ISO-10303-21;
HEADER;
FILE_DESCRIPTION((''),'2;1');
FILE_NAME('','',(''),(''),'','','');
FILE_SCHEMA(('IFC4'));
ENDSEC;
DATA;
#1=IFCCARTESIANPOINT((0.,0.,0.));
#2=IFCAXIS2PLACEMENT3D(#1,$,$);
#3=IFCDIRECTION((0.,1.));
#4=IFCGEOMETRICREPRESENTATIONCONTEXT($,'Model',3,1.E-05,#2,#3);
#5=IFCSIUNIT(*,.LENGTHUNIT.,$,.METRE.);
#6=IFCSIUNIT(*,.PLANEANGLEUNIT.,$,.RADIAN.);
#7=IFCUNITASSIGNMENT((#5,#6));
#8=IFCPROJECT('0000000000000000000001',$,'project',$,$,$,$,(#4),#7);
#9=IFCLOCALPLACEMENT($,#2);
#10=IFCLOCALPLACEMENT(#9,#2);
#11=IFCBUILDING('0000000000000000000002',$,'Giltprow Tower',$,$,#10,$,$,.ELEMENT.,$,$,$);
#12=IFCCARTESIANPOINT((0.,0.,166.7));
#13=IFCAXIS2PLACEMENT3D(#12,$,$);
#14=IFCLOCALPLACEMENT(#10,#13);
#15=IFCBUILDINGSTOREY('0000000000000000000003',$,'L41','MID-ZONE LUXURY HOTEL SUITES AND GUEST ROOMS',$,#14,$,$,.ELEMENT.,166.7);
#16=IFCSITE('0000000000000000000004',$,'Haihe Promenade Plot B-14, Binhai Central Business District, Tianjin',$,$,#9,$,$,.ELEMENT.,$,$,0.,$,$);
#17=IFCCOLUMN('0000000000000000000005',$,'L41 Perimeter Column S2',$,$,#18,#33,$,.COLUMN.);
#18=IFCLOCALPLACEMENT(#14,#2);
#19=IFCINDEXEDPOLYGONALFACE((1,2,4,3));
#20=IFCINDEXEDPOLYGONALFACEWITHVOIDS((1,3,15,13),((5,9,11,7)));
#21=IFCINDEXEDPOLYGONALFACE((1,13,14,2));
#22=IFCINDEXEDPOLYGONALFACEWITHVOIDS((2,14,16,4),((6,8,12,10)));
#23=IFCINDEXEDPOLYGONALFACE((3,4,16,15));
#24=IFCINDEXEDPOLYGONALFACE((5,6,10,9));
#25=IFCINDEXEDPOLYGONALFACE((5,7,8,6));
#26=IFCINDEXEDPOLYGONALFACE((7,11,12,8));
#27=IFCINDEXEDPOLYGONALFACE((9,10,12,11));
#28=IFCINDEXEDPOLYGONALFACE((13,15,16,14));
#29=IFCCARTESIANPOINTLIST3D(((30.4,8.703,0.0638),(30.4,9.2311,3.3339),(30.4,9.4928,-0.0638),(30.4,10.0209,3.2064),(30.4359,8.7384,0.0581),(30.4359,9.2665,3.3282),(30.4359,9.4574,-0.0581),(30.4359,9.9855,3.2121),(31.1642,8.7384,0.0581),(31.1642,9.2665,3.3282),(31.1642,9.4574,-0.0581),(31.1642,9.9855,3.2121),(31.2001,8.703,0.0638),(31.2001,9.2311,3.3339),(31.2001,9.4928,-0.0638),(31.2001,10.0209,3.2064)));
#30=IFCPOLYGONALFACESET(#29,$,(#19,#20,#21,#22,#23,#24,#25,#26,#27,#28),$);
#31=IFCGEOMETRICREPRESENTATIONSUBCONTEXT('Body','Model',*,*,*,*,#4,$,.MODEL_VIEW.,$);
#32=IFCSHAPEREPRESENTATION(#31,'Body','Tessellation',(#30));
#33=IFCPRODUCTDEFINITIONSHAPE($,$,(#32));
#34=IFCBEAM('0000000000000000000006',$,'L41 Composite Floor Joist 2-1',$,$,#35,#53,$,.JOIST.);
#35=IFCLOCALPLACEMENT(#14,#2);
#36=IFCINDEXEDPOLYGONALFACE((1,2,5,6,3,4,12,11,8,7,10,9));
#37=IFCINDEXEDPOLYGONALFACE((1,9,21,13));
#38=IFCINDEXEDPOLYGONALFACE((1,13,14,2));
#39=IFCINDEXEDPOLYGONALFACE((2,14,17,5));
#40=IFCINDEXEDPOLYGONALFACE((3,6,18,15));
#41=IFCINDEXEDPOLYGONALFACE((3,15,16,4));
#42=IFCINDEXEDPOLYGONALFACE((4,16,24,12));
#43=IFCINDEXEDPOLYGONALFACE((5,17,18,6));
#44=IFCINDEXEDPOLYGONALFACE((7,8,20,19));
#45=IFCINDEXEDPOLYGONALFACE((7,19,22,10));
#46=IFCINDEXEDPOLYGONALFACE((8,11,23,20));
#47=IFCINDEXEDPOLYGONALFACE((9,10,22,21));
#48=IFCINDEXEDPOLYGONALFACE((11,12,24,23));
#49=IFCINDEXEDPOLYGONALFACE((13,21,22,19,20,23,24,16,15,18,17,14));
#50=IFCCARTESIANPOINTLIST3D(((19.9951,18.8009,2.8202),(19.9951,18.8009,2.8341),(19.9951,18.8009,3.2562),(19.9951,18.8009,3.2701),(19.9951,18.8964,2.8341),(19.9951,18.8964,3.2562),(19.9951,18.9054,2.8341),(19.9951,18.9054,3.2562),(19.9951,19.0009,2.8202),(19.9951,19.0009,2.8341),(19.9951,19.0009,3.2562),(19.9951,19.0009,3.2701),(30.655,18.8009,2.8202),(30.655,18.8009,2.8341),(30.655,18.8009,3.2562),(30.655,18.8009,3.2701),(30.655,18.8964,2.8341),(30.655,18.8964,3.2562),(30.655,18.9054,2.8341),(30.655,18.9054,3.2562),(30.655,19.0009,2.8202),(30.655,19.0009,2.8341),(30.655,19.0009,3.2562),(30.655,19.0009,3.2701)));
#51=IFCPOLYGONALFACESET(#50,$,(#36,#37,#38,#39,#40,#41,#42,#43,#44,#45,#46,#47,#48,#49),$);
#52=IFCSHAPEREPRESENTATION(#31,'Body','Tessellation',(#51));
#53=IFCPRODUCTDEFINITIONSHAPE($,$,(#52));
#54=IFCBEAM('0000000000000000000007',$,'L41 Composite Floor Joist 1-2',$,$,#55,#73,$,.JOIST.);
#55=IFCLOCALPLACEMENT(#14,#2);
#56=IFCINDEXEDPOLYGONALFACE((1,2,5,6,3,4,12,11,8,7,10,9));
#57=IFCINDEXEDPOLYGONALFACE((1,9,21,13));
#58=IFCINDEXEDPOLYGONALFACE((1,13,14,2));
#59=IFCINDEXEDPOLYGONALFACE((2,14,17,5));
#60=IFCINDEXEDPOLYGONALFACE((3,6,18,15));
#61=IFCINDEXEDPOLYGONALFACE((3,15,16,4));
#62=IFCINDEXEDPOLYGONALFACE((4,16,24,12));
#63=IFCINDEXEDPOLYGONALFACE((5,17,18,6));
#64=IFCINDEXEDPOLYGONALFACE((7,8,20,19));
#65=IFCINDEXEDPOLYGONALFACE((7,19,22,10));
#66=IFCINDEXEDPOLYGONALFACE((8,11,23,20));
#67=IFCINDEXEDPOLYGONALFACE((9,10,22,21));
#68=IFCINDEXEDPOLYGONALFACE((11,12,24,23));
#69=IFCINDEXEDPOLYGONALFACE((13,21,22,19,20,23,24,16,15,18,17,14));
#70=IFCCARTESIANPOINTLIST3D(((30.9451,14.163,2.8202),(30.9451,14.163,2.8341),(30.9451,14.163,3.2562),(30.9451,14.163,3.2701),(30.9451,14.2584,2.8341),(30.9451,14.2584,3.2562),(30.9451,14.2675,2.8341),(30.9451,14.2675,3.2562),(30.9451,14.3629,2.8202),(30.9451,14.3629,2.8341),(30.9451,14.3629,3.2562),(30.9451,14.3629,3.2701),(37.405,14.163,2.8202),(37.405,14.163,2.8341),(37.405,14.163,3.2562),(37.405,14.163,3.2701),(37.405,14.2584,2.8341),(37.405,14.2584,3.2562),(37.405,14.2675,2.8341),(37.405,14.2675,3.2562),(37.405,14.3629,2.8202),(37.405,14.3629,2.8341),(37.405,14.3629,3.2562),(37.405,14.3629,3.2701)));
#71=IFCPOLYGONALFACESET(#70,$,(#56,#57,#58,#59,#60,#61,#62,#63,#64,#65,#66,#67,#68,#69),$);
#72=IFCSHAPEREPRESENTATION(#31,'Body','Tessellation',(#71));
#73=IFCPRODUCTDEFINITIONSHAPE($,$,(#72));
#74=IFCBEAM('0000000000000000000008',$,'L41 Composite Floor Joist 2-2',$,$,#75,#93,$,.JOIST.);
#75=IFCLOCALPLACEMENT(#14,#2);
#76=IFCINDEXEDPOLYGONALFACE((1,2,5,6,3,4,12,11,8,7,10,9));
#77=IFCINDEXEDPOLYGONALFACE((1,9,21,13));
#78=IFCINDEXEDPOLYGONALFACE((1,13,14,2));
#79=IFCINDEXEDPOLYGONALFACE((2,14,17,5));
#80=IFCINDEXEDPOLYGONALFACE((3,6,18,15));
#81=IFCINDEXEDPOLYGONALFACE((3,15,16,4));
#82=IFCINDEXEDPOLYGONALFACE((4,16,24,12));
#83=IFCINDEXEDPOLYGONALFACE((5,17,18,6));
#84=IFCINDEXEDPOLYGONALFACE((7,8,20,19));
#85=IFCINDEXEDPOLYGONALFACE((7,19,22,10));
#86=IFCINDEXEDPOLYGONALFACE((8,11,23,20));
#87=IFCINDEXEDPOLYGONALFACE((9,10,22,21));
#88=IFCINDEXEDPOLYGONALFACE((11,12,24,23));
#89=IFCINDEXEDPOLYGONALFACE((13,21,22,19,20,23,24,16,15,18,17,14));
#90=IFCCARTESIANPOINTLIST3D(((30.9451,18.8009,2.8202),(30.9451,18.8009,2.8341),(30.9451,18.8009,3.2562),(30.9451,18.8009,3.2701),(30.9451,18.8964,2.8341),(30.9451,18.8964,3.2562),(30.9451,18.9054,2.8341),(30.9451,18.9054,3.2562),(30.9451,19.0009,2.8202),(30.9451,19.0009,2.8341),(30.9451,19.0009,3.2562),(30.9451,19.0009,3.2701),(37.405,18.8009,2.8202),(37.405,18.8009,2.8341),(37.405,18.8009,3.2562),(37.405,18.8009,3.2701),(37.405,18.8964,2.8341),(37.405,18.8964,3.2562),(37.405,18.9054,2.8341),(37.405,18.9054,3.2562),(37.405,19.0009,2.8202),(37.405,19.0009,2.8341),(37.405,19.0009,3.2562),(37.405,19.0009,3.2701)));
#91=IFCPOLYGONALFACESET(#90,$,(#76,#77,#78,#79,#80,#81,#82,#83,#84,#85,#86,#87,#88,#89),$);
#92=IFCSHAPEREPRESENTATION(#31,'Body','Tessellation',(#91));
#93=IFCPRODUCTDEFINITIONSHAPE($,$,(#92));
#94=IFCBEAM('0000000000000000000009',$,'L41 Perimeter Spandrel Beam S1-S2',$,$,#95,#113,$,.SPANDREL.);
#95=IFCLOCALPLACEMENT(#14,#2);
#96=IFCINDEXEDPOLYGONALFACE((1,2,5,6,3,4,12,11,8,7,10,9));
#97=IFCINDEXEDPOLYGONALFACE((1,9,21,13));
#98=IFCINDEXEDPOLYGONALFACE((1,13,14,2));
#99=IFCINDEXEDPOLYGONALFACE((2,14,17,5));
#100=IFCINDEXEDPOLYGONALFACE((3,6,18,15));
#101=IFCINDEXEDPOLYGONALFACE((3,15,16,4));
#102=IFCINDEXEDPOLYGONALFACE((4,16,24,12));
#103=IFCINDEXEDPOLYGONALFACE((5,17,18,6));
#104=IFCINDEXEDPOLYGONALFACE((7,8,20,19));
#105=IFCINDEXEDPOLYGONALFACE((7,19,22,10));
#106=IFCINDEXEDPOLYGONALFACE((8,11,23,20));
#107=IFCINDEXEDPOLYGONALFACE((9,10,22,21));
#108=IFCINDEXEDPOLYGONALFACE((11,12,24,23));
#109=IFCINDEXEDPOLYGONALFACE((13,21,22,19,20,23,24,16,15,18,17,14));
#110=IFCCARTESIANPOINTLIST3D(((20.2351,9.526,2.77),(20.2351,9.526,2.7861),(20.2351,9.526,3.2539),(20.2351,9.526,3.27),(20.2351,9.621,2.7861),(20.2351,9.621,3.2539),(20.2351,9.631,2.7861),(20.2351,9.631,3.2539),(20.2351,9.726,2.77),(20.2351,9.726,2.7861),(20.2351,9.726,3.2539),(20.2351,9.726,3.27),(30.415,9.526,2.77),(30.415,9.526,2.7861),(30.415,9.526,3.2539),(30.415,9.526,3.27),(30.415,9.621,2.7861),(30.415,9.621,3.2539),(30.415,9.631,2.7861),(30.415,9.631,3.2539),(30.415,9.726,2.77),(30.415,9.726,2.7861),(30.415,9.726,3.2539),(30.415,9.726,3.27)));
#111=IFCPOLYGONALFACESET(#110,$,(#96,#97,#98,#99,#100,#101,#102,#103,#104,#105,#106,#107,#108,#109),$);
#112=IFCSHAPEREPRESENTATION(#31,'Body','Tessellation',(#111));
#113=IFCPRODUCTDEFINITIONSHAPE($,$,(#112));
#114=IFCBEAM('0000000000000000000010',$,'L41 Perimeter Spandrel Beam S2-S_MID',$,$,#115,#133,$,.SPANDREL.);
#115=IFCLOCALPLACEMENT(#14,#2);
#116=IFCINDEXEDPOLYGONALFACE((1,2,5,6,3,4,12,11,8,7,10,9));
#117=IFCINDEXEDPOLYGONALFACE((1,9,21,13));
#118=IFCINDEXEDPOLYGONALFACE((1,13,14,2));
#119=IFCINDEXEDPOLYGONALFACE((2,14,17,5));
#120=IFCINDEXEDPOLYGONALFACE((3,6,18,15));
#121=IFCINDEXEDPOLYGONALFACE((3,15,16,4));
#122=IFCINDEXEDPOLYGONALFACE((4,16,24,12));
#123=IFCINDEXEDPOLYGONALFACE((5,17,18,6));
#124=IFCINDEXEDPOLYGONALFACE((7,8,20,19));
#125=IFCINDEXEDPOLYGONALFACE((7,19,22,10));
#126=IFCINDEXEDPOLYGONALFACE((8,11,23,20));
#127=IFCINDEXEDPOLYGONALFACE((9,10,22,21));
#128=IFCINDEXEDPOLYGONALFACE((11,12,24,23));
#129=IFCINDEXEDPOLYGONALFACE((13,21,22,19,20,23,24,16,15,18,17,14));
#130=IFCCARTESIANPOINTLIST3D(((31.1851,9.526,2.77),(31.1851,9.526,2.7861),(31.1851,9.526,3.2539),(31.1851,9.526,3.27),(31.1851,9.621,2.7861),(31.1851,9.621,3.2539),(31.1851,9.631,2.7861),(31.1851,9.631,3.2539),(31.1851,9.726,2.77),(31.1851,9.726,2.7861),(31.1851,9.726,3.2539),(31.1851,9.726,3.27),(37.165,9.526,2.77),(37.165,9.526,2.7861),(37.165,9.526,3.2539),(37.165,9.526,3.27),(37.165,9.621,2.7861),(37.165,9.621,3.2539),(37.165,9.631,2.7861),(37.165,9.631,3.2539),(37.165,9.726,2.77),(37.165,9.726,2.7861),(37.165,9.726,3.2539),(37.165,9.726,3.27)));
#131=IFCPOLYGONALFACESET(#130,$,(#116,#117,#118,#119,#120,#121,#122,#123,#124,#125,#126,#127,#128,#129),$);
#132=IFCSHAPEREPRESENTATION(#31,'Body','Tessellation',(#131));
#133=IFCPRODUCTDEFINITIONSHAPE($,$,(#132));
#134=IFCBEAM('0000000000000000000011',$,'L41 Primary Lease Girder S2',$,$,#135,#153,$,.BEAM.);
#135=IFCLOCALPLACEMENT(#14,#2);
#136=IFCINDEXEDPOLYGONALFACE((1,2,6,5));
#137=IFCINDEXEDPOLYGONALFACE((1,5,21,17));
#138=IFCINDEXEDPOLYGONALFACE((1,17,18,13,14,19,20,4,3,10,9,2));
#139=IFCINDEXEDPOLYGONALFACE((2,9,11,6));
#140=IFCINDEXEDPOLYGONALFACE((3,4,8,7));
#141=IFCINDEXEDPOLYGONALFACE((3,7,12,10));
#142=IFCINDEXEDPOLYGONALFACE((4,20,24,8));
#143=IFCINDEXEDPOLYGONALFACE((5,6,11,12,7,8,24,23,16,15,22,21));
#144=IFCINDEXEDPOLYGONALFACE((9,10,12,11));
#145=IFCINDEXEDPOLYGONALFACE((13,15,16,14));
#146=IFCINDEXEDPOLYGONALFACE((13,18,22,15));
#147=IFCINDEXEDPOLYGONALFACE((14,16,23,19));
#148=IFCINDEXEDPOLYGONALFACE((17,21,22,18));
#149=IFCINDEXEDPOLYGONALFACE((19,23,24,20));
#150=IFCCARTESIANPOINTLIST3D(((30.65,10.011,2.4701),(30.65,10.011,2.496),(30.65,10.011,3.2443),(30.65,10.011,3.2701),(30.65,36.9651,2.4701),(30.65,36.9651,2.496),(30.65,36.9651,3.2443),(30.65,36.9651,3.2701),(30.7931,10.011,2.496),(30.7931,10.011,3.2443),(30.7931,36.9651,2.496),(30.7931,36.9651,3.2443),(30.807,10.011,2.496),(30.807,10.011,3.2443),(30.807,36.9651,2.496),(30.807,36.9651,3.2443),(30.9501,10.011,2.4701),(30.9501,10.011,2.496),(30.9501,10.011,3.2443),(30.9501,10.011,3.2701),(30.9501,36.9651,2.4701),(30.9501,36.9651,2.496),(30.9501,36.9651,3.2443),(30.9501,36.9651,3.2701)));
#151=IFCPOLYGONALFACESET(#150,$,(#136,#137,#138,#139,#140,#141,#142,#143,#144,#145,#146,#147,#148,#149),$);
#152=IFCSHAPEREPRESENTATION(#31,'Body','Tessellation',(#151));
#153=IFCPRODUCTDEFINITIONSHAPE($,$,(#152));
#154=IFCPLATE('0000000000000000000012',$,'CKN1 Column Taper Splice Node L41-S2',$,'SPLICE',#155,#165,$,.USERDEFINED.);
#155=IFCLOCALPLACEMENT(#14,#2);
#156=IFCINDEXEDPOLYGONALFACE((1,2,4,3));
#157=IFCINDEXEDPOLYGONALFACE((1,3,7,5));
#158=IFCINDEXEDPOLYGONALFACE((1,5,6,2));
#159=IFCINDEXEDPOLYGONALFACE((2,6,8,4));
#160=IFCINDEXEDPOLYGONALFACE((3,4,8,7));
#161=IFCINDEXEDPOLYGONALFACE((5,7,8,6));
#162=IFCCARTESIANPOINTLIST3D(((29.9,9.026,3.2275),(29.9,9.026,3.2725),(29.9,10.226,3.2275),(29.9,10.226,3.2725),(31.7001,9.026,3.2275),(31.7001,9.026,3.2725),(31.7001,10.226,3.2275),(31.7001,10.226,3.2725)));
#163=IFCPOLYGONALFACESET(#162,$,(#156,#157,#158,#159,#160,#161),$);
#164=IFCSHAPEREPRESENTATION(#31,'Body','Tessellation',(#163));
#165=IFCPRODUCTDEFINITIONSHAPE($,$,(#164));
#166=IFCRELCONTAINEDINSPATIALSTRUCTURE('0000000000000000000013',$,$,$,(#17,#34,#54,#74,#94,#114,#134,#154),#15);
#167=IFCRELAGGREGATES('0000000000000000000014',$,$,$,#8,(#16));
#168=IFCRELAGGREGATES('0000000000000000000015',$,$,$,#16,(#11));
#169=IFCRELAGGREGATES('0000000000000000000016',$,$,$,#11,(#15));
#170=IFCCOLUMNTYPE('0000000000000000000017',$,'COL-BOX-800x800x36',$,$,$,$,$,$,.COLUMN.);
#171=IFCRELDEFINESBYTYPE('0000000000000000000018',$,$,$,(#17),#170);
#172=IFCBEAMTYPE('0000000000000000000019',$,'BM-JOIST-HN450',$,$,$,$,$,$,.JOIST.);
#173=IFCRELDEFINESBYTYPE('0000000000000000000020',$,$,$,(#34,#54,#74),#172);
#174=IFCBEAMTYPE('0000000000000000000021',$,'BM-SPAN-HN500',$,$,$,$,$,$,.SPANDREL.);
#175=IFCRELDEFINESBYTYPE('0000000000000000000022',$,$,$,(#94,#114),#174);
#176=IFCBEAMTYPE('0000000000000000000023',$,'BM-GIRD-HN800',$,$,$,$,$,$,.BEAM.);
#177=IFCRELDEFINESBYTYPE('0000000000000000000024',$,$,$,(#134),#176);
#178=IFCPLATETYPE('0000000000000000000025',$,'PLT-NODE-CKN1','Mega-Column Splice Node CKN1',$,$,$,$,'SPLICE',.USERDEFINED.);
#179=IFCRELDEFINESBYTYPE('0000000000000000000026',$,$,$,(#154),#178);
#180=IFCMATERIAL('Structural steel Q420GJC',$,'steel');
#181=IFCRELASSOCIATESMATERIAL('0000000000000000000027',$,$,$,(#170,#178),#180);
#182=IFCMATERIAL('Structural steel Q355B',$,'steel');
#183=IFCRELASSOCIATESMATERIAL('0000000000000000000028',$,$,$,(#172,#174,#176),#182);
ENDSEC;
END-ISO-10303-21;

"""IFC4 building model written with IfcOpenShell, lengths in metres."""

from ifc_helpers import new_model, si_unit, direction, frame, origin, origin_2d, place, context, subcontext, project, spatial, rectangle, hollow_rectangle, i_section, extrude, source, transform, mapped, material, material_profile, profile_set, type_object, element, save


model = new_model("IFC4")

# Units and contexts
model_context = context("Model", 3, precision=1e-05, world=origin(), true_north=direction((0.0, 1.0)))
body_context = subcontext(model_context, "Body", "Model", "MODEL_VIEW")
ifc_project = project(units=[si_unit("LENGTHUNIT", "METRE"), si_unit("PLANEANGLEUNIT", "RADIAN")], contexts=[model_context])

# Site, building, storey
site_placement = place(None, origin())
site = spatial("IfcSite", under=ifc_project, at=site_placement, Name="Haihe Promenade Plot B-14, Binhai Central Business District, Tianjin", CompositionType="ELEMENT", RefElevation=0.0)
building_placement = place(site_placement, origin())
building = spatial("IfcBuilding", under=site, at=building_placement, Name="Giltprow Tower", CompositionType="ELEMENT")
storey_placement = place(building_placement, frame((0.0, 0.0, 166.7)))
storey = spatial("IfcBuildingStorey", under=building, at=storey_placement, Name="L41", Description="MID-ZONE LUXURY HOTEL SUITES AND GUEST ROOMS", CompositionType="ELEMENT", Elevation=166.7)

# Column
ifc_material_1 = material(Name="Structural steel Q420GJC", Category="steel")
ifc_material_profile_1 = material_profile(ifc_material_1, hollow_rectangle(XDim=0.8, YDim=0.8, WallThickness=0.0359, at=origin_2d()), Name="BOX 800x800x36")
ifc_profile_set_1 = profile_set([ifc_material_profile_1], Name="Structural steel Q420GJC")
column_type = type_object("IfcColumnType", Name="COL-BOX-800x800x36", PredefinedType="COLUMN", material=ifc_profile_set_1)
shared_shape_1 = source(origin(), body_context, "Body", "SweptSolid", [
    extrude(hollow_rectangle(XDim=0.8, YDim=0.8, WallThickness=0.0359, at=origin_2d()), origin(), (0.0, 0.0, 1.0), 3.3125),
])
column_placement = place(storey_placement, frame((30.8, 9.0979, 0.0), z_axis=(0.0, 0.159425, 0.98721), x_axis=(-1.0, 0.0, 0.0)))
element("IfcColumn", 1, at=column_placement, inside=storey, type_object=column_type, Name="L41 Perimeter Column S2", PredefinedType="COLUMN", context=body_context, shape_type="MappedRepresentation", body=[
    mapped(shared_shape_1, transform((0.0, 0.0, 0.0), x_axis=(1.0, 0.0, 0.0), y_axis=(0.0, 1.0, 0.0), z_axis=(0.0, 0.0, 1.0), scale=1.0)),
])

# Beams
ifc_material_2 = material(Name="Structural steel Q355B", Category="steel")
ifc_material_profile_2 = material_profile(ifc_material_2, i_section(OverallWidth=0.2, OverallDepth=0.45, WebThickness=0.009, FlangeThickness=0.0139, at=origin_2d()), Name="HN 450x200x9x14")
ifc_profile_set_2 = profile_set([ifc_material_profile_2], Name="Structural steel Q355B")
beam_type_1 = type_object("IfcBeamType", Name="BM-JOIST-HN450", PredefinedType="JOIST", material=ifc_profile_set_2)
shared_shape_2 = source(origin(), body_context, "Body", "SweptSolid", [
    extrude(i_section(OverallWidth=0.2, OverallDepth=0.45, WebThickness=0.009, FlangeThickness=0.0139, at=origin_2d()), origin(), (0.0, 0.0, 1.0), 10.6599),
])
beam_1_placement = place(storey_placement, frame((19.9951, 18.9009, 3.0452), z_axis=(1.0, 0.0, 0.0), x_axis=(0.0, 1.0, 0.0)))
element("IfcBeam", 2, at=beam_1_placement, inside=storey, type_object=beam_type_1, Name="L41 Composite Floor Joist 2-1", PredefinedType="JOIST", context=body_context, shape_type="MappedRepresentation", body=[
    mapped(shared_shape_2, transform((0.0, 0.0, 0.0), x_axis=(1.0, 0.0, 0.0), y_axis=(0.0, 1.0, 0.0), z_axis=(0.0, 0.0, 1.0), scale=1.0)),
])
shared_shape_3 = source(origin(), body_context, "Body", "SweptSolid", [
    extrude(i_section(OverallWidth=0.2, OverallDepth=0.45, WebThickness=0.009, FlangeThickness=0.0139, at=origin_2d()), origin(), (0.0, 0.0, 1.0), 6.46),
])
for number, where, z_axis, x_axis, name in (
    (3, (30.9451, 14.2629, 3.0452), (1.0, 0.0, 0.0), (0.0, 1.0, 0.0), "L41 Composite Floor Joist 1-2"),
    (4, (30.9451, 18.9009, 3.0452), (1.0, 0.0, 0.0), (0.0, 1.0, 0.0), "L41 Composite Floor Joist 2-2"),
):
    element("IfcBeam", number, at=place(storey_placement, frame(where, z_axis=z_axis, x_axis=x_axis)), inside=storey, type_object=beam_type_1, Name=name, PredefinedType="JOIST", context=body_context, shape_type="MappedRepresentation", body=[
        mapped(shared_shape_3, transform((0.0, 0.0, 0.0), x_axis=(1.0, 0.0, 0.0), y_axis=(0.0, 1.0, 0.0), z_axis=(0.0, 0.0, 1.0), scale=1.0)),
    ])
ifc_material_profile_3 = material_profile(ifc_material_2, i_section(OverallWidth=0.2, OverallDepth=0.5, WebThickness=0.01, FlangeThickness=0.0161, at=origin_2d()), Name="HN 500x200x10x16")
ifc_profile_set_3 = profile_set([ifc_material_profile_3], Name="Structural steel Q355B")
beam_type_2 = type_object("IfcBeamType", Name="BM-SPAN-HN500", PredefinedType="SPANDREL", material=ifc_profile_set_3)
shared_shape_4 = source(origin(), body_context, "Body", "SweptSolid", [
    extrude(i_section(OverallWidth=0.2, OverallDepth=0.5, WebThickness=0.01, FlangeThickness=0.0161, at=origin_2d()), origin(), (0.0, 0.0, 1.0), 10.1799),
])
beam_2_placement = place(storey_placement, frame((20.2351, 9.626, 3.02), z_axis=(1.0, 0.0, 0.0), x_axis=(0.0, 1.0, 0.0)))
element("IfcBeam", 5, at=beam_2_placement, inside=storey, type_object=beam_type_2, Name="L41 Perimeter Spandrel Beam S1-S2", PredefinedType="SPANDREL", context=body_context, shape_type="MappedRepresentation", body=[
    mapped(shared_shape_4, transform((0.0, 0.0, 0.0), x_axis=(1.0, 0.0, 0.0), y_axis=(0.0, 1.0, 0.0), z_axis=(0.0, 0.0, 1.0), scale=1.0)),
])
shared_shape_5 = source(origin(), body_context, "Body", "SweptSolid", [
    extrude(i_section(OverallWidth=0.2, OverallDepth=0.5, WebThickness=0.01, FlangeThickness=0.0161, at=origin_2d()), origin(), (0.0, 0.0, 1.0), 5.98),
])
beam_3_placement = place(storey_placement, frame((31.1851, 9.626, 3.02), z_axis=(1.0, 0.0, 0.0), x_axis=(0.0, 1.0, 0.0)))
element("IfcBeam", 6, at=beam_3_placement, inside=storey, type_object=beam_type_2, Name="L41 Perimeter Spandrel Beam S2-S_MID", PredefinedType="SPANDREL", context=body_context, shape_type="MappedRepresentation", body=[
    mapped(shared_shape_5, transform((0.0, 0.0, 0.0), x_axis=(1.0, 0.0, 0.0), y_axis=(0.0, 1.0, 0.0), z_axis=(0.0, 0.0, 1.0), scale=1.0)),
])
ifc_material_profile_4 = material_profile(ifc_material_2, i_section(OverallWidth=0.3, OverallDepth=0.8, WebThickness=0.0139, FlangeThickness=0.0259, at=origin_2d()), Name="HN 800x300x14x26")
ifc_profile_set_4 = profile_set([ifc_material_profile_4], Name="Structural steel Q355B")
beam_type_3 = type_object("IfcBeamType", Name="BM-GIRD-HN800", PredefinedType="BEAM", material=ifc_profile_set_4)
shared_shape_6 = source(origin(), body_context, "Body", "SweptSolid", [
    extrude(i_section(OverallWidth=0.3, OverallDepth=0.8, WebThickness=0.0139, FlangeThickness=0.0259, at=origin_2d()), origin(), (0.0, 0.0, 1.0), 26.9541),
])
beam_4_placement = place(storey_placement, frame((30.8, 10.011, 2.8701), z_axis=(0.0, 1.0, 0.0), x_axis=(-1.0, 0.0, 0.0)))
element("IfcBeam", 7, at=beam_4_placement, inside=storey, type_object=beam_type_3, Name="L41 Primary Lease Girder S2", PredefinedType="BEAM", context=body_context, shape_type="MappedRepresentation", body=[
    mapped(shared_shape_6, transform((0.0, 0.0, 0.0), x_axis=(1.0, 0.0, 0.0), y_axis=(0.0, 1.0, 0.0), z_axis=(0.0, 0.0, 1.0), scale=1.0)),
])

# Plate
plate_type = type_object("IfcPlateType", Name="PLT-NODE-CKN1", Description="Mega-Column Splice Node CKN1", ElementType="SPLICE", PredefinedType="USERDEFINED", material=ifc_material_1)
shared_shape_7 = source(origin(), body_context, "Body", "SweptSolid", [
    extrude(rectangle(XDim=1.8, YDim=1.2, at=origin_2d()), origin(), (0.0, 0.0, 1.0), 0.0449),
])
plate_placement = place(storey_placement, frame((30.8, 9.626, 3.2275), z_axis=(0.0, 0.0, 1.0), x_axis=(1.0, 0.0, 0.0)))
element("IfcPlate", 8, at=plate_placement, inside=storey, type_object=plate_type, Name="CKN1 Column Taper Splice Node L41-S2", ObjectType="SPLICE", PredefinedType="USERDEFINED", context=body_context, shape_type="MappedRepresentation", body=[
    mapped(shared_shape_7, transform((0.0, 0.0, 0.0), x_axis=(1.0, 0.0, 0.0), y_axis=(0.0, 1.0, 0.0), z_axis=(0.0, 0.0, 1.0), scale=1.0)),
])

save(model, "model.ifc")
